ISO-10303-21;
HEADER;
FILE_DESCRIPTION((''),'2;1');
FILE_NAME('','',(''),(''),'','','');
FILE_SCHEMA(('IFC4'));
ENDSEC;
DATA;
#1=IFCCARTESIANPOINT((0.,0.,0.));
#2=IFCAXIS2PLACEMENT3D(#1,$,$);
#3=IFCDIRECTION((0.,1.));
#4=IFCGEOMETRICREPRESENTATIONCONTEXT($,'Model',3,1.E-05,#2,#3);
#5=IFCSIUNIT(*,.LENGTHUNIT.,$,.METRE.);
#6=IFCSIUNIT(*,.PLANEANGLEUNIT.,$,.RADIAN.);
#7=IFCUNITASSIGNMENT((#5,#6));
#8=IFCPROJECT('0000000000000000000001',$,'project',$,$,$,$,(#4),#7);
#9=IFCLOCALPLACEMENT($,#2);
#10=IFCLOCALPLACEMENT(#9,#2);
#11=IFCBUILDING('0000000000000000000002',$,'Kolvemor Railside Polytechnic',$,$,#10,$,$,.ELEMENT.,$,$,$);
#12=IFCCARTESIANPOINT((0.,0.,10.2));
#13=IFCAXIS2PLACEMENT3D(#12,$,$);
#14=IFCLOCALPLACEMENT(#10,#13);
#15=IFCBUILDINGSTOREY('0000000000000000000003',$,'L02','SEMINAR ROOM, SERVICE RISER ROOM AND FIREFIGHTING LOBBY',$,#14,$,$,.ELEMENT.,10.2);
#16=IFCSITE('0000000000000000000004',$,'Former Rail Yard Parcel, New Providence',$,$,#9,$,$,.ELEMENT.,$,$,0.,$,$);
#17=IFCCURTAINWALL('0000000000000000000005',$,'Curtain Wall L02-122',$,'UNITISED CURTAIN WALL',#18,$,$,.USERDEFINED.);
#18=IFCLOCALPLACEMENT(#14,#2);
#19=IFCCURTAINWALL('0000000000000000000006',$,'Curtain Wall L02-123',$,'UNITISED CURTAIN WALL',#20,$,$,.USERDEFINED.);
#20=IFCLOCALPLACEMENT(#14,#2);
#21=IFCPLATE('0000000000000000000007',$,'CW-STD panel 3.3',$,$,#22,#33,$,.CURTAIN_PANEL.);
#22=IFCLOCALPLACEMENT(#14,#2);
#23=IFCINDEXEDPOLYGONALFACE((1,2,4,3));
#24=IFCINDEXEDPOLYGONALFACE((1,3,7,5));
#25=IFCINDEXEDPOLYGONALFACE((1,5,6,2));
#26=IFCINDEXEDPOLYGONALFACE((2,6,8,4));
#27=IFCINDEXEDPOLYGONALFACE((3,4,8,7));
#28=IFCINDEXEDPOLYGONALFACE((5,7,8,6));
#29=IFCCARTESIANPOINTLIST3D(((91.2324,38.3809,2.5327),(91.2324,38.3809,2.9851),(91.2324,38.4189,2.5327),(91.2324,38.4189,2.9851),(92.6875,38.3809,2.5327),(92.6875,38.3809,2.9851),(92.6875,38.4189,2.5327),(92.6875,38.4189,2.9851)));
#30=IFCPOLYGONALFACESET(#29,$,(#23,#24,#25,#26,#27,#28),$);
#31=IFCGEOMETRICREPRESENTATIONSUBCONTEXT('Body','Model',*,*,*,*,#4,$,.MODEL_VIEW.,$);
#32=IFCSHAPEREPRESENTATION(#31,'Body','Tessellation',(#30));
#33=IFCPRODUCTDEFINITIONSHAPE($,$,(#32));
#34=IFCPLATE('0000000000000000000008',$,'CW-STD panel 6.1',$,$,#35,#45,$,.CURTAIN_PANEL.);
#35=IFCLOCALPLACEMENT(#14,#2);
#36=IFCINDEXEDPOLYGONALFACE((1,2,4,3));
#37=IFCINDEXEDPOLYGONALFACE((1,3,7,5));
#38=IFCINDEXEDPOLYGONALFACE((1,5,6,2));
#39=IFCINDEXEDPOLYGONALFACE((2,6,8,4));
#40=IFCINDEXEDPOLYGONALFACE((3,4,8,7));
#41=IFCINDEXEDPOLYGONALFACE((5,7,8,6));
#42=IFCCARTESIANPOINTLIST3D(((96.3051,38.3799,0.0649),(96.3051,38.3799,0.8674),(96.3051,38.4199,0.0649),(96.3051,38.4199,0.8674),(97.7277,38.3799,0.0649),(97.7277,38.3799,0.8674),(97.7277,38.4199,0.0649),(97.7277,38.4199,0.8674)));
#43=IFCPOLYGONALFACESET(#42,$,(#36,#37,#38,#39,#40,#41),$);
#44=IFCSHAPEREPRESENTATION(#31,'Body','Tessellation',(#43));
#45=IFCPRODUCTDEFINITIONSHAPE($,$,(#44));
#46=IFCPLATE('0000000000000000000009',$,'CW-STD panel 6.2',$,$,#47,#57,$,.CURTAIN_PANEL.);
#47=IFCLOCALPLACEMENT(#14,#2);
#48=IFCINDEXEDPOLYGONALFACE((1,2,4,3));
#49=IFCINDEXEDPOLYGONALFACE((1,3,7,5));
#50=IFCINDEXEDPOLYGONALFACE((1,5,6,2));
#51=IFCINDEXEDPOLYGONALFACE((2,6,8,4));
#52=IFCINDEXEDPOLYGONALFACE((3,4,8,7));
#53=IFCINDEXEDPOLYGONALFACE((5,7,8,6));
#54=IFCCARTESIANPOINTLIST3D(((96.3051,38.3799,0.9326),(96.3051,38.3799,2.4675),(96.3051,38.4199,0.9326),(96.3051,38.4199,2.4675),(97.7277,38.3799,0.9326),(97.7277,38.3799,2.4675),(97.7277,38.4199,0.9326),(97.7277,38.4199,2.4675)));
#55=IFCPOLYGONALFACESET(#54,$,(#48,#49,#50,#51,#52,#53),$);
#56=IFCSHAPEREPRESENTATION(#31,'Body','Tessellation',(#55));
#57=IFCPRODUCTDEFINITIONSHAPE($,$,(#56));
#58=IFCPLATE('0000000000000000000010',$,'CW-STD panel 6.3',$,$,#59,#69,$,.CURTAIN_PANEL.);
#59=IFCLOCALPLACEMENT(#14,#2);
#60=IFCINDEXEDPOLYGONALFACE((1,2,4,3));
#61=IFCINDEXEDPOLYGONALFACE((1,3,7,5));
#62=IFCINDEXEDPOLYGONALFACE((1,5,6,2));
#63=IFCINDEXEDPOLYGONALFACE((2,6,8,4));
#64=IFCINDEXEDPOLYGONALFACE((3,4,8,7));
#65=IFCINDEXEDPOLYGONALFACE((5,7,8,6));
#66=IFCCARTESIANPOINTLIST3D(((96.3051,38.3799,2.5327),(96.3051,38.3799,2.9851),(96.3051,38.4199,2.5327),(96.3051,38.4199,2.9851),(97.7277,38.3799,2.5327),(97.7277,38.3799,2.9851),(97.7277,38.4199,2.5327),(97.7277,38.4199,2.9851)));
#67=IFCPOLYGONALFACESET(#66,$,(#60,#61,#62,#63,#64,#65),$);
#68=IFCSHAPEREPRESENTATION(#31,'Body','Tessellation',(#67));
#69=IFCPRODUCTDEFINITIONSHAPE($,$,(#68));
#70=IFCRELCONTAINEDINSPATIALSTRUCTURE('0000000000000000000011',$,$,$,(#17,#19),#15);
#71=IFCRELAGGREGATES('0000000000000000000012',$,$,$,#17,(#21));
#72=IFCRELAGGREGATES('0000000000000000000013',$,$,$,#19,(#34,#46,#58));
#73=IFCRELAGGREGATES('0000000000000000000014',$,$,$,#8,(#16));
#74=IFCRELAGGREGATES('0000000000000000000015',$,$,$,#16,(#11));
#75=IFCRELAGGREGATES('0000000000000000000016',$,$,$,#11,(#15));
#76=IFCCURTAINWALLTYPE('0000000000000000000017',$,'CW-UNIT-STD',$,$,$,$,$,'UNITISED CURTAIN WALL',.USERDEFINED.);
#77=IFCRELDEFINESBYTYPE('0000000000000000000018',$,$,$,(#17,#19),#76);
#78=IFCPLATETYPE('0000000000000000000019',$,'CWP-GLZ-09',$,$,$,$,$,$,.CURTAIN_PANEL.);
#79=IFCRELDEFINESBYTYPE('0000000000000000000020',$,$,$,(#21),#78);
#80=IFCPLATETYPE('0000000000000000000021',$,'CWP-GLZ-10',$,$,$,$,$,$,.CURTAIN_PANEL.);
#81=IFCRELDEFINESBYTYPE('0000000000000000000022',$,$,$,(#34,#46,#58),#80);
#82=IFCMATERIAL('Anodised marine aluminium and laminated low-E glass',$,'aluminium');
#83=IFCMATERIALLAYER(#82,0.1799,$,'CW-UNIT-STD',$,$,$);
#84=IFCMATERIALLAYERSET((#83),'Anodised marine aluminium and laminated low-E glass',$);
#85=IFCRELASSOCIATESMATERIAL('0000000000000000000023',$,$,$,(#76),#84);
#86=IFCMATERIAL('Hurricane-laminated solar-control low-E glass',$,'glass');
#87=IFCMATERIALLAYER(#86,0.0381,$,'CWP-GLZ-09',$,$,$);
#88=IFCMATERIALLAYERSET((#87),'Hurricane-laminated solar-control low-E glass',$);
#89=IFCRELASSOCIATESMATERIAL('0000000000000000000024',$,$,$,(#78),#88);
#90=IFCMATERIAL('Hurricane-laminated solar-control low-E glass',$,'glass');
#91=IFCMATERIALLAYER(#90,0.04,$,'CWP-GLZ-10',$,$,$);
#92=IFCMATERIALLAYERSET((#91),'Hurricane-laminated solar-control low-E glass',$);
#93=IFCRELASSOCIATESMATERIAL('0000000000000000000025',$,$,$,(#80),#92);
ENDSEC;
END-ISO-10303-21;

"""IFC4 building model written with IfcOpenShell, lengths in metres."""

from ifc_helpers import new_model, si_unit, direction, frame, origin, origin_2d, place, context, subcontext, project, spatial, rectangle, extrude, material, layer, layer_set, type_object, element, aggregate, save


model = new_model("IFC4")

# Units and contexts
model_context = context("Model", 3, precision=1e-05, world=origin(), true_north=direction((0.0, 1.0)))
body_context = subcontext(model_context, "Body", "Model", "MODEL_VIEW")
ifc_project = project(units=[si_unit("LENGTHUNIT", "METRE"), si_unit("PLANEANGLEUNIT", "RADIAN")], contexts=[model_context])

# Site, building, storey
site_placement = place(None, origin())
site = spatial("IfcSite", under=ifc_project, at=site_placement, Name="Former Rail Yard Parcel, New Providence", CompositionType="ELEMENT", RefElevation=0.0)
building_placement = place(site_placement, origin())
building = spatial("IfcBuilding", under=site, at=building_placement, Name="Kolvemor Railside Polytechnic", CompositionType="ELEMENT")
storey_placement = place(building_placement, frame((0.0, 0.0, 10.2)))
storey = spatial("IfcBuildingStorey", under=building, at=storey_placement, Name="L02", Description="SEMINAR ROOM, SERVICE RISER ROOM AND FIREFIGHTING LOBBY", CompositionType="ELEMENT", Elevation=10.2)

# Curtain wall
ifc_material_1 = material(Name="Anodised marine aluminium and laminated low-E glass", Category="aluminium")
ifc_layer_1 = layer(ifc_material_1, 0.1799, Name="CW-UNIT-STD")
ifc_layer_set_1 = layer_set([ifc_layer_1], Name="Anodised marine aluminium and laminated low-E glass")
curtain_wall_type = type_object("IfcCurtainWallType", Name="CW-UNIT-STD", ElementType="UNITISED CURTAIN WALL", PredefinedType="USERDEFINED", material=ifc_layer_set_1)
curtain_wall_1_placement = place(storey_placement, origin())
curtain_wall_1 = element("IfcCurtainWall", 1, at=curtain_wall_1_placement, inside=storey, type_object=curtain_wall_type, Name="Curtain Wall L02-122", ObjectType="UNITISED CURTAIN WALL", PredefinedType="USERDEFINED")

# Curtain wall
curtain_wall_2_placement = place(storey_placement, origin())
curtain_wall_2 = element("IfcCurtainWall", 2, at=curtain_wall_2_placement, inside=storey, type_object=curtain_wall_type, Name="Curtain Wall L02-123", ObjectType="UNITISED CURTAIN WALL", PredefinedType="USERDEFINED")

# Plates
ifc_material_2 = material(Name="Hurricane-laminated solar-control low-E glass", Category="glass")
ifc_layer_2 = layer(ifc_material_2, 0.0381, Name="CWP-GLZ-09")
ifc_layer_set_2 = layer_set([ifc_layer_2], Name="Hurricane-laminated solar-control low-E glass")
plate_type_1 = type_object("IfcPlateType", Name="CWP-GLZ-09", PredefinedType="CURTAIN_PANEL", material=ifc_layer_set_2)
plate_1_placement = place(storey_placement, frame((91.96, 38.3999, 2.5327), z_axis=(0.0, 0.0, 1.0), x_axis=(-1.0, 0.0, 0.0)))
plate_1 = element("IfcPlate", 3, at=plate_1_placement, type_object=plate_type_1, Name="CW-STD panel 3.3", PredefinedType="CURTAIN_PANEL", context=body_context, shape_type="SweptSolid", body=[
    extrude(rectangle(XDim=1.4551, YDim=0.0381, at=origin_2d()), origin(), (0.0, 0.0, 1.0), 0.4524),
])
aggregate(curtain_wall_1, [plate_1])
ifc_material_3 = material(Name="Hurricane-laminated solar-control low-E glass", Category="glass")
ifc_layer_3 = layer(ifc_material_3, 0.04, Name="CWP-GLZ-10")
ifc_layer_set_3 = layer_set([ifc_layer_3], Name="Hurricane-laminated solar-control low-E glass")
plate_type_2 = type_object("IfcPlateType", Name="CWP-GLZ-10", PredefinedType="CURTAIN_PANEL", material=ifc_layer_set_3)
plate_2_placement = place(storey_placement, frame((97.0164, 38.3999, 0.0649), z_axis=(0.0, 0.0, 1.0), x_axis=(-1.0, 0.0, 0.0)))
plate_2 = element("IfcPlate", 4, at=plate_2_placement, type_object=plate_type_2, Name="CW-STD panel 6.1", PredefinedType="CURTAIN_PANEL", context=body_context, shape_type="SweptSolid", body=[
    extrude(rectangle(XDim=1.4226, YDim=0.04, at=origin_2d()), origin(), (0.0, 0.0, 1.0), 0.8025),
])
plate_3_placement = place(storey_placement, frame((97.0164, 38.3999, 0.9326), z_axis=(0.0, 0.0, 1.0), x_axis=(-1.0, 0.0, 0.0)))
plate_3 = element("IfcPlate", 5, at=plate_3_placement, type_object=plate_type_2, Name="CW-STD panel 6.2", PredefinedType="CURTAIN_PANEL", context=body_context, shape_type="SweptSolid", body=[
    extrude(rectangle(XDim=1.4226, YDim=0.04, at=origin_2d()), origin(), (0.0, 0.0, 1.0), 1.5349),
])
plate_4_placement = place(storey_placement, frame((97.0164, 38.3999, 2.5327), z_axis=(0.0, 0.0, 1.0), x_axis=(-1.0, 0.0, 0.0)))
plate_4 = element("IfcPlate", 6, at=plate_4_placement, type_object=plate_type_2, Name="CW-STD panel 6.3", PredefinedType="CURTAIN_PANEL", context=body_context, shape_type="SweptSolid", body=[
    extrude(rectangle(XDim=1.4226, YDim=0.04, at=origin_2d()), origin(), (0.0, 0.0, 1.0), 0.4524),
])
aggregate(curtain_wall_2, [plate_2, plate_3, plate_4])

save(model, "model.ifc")
